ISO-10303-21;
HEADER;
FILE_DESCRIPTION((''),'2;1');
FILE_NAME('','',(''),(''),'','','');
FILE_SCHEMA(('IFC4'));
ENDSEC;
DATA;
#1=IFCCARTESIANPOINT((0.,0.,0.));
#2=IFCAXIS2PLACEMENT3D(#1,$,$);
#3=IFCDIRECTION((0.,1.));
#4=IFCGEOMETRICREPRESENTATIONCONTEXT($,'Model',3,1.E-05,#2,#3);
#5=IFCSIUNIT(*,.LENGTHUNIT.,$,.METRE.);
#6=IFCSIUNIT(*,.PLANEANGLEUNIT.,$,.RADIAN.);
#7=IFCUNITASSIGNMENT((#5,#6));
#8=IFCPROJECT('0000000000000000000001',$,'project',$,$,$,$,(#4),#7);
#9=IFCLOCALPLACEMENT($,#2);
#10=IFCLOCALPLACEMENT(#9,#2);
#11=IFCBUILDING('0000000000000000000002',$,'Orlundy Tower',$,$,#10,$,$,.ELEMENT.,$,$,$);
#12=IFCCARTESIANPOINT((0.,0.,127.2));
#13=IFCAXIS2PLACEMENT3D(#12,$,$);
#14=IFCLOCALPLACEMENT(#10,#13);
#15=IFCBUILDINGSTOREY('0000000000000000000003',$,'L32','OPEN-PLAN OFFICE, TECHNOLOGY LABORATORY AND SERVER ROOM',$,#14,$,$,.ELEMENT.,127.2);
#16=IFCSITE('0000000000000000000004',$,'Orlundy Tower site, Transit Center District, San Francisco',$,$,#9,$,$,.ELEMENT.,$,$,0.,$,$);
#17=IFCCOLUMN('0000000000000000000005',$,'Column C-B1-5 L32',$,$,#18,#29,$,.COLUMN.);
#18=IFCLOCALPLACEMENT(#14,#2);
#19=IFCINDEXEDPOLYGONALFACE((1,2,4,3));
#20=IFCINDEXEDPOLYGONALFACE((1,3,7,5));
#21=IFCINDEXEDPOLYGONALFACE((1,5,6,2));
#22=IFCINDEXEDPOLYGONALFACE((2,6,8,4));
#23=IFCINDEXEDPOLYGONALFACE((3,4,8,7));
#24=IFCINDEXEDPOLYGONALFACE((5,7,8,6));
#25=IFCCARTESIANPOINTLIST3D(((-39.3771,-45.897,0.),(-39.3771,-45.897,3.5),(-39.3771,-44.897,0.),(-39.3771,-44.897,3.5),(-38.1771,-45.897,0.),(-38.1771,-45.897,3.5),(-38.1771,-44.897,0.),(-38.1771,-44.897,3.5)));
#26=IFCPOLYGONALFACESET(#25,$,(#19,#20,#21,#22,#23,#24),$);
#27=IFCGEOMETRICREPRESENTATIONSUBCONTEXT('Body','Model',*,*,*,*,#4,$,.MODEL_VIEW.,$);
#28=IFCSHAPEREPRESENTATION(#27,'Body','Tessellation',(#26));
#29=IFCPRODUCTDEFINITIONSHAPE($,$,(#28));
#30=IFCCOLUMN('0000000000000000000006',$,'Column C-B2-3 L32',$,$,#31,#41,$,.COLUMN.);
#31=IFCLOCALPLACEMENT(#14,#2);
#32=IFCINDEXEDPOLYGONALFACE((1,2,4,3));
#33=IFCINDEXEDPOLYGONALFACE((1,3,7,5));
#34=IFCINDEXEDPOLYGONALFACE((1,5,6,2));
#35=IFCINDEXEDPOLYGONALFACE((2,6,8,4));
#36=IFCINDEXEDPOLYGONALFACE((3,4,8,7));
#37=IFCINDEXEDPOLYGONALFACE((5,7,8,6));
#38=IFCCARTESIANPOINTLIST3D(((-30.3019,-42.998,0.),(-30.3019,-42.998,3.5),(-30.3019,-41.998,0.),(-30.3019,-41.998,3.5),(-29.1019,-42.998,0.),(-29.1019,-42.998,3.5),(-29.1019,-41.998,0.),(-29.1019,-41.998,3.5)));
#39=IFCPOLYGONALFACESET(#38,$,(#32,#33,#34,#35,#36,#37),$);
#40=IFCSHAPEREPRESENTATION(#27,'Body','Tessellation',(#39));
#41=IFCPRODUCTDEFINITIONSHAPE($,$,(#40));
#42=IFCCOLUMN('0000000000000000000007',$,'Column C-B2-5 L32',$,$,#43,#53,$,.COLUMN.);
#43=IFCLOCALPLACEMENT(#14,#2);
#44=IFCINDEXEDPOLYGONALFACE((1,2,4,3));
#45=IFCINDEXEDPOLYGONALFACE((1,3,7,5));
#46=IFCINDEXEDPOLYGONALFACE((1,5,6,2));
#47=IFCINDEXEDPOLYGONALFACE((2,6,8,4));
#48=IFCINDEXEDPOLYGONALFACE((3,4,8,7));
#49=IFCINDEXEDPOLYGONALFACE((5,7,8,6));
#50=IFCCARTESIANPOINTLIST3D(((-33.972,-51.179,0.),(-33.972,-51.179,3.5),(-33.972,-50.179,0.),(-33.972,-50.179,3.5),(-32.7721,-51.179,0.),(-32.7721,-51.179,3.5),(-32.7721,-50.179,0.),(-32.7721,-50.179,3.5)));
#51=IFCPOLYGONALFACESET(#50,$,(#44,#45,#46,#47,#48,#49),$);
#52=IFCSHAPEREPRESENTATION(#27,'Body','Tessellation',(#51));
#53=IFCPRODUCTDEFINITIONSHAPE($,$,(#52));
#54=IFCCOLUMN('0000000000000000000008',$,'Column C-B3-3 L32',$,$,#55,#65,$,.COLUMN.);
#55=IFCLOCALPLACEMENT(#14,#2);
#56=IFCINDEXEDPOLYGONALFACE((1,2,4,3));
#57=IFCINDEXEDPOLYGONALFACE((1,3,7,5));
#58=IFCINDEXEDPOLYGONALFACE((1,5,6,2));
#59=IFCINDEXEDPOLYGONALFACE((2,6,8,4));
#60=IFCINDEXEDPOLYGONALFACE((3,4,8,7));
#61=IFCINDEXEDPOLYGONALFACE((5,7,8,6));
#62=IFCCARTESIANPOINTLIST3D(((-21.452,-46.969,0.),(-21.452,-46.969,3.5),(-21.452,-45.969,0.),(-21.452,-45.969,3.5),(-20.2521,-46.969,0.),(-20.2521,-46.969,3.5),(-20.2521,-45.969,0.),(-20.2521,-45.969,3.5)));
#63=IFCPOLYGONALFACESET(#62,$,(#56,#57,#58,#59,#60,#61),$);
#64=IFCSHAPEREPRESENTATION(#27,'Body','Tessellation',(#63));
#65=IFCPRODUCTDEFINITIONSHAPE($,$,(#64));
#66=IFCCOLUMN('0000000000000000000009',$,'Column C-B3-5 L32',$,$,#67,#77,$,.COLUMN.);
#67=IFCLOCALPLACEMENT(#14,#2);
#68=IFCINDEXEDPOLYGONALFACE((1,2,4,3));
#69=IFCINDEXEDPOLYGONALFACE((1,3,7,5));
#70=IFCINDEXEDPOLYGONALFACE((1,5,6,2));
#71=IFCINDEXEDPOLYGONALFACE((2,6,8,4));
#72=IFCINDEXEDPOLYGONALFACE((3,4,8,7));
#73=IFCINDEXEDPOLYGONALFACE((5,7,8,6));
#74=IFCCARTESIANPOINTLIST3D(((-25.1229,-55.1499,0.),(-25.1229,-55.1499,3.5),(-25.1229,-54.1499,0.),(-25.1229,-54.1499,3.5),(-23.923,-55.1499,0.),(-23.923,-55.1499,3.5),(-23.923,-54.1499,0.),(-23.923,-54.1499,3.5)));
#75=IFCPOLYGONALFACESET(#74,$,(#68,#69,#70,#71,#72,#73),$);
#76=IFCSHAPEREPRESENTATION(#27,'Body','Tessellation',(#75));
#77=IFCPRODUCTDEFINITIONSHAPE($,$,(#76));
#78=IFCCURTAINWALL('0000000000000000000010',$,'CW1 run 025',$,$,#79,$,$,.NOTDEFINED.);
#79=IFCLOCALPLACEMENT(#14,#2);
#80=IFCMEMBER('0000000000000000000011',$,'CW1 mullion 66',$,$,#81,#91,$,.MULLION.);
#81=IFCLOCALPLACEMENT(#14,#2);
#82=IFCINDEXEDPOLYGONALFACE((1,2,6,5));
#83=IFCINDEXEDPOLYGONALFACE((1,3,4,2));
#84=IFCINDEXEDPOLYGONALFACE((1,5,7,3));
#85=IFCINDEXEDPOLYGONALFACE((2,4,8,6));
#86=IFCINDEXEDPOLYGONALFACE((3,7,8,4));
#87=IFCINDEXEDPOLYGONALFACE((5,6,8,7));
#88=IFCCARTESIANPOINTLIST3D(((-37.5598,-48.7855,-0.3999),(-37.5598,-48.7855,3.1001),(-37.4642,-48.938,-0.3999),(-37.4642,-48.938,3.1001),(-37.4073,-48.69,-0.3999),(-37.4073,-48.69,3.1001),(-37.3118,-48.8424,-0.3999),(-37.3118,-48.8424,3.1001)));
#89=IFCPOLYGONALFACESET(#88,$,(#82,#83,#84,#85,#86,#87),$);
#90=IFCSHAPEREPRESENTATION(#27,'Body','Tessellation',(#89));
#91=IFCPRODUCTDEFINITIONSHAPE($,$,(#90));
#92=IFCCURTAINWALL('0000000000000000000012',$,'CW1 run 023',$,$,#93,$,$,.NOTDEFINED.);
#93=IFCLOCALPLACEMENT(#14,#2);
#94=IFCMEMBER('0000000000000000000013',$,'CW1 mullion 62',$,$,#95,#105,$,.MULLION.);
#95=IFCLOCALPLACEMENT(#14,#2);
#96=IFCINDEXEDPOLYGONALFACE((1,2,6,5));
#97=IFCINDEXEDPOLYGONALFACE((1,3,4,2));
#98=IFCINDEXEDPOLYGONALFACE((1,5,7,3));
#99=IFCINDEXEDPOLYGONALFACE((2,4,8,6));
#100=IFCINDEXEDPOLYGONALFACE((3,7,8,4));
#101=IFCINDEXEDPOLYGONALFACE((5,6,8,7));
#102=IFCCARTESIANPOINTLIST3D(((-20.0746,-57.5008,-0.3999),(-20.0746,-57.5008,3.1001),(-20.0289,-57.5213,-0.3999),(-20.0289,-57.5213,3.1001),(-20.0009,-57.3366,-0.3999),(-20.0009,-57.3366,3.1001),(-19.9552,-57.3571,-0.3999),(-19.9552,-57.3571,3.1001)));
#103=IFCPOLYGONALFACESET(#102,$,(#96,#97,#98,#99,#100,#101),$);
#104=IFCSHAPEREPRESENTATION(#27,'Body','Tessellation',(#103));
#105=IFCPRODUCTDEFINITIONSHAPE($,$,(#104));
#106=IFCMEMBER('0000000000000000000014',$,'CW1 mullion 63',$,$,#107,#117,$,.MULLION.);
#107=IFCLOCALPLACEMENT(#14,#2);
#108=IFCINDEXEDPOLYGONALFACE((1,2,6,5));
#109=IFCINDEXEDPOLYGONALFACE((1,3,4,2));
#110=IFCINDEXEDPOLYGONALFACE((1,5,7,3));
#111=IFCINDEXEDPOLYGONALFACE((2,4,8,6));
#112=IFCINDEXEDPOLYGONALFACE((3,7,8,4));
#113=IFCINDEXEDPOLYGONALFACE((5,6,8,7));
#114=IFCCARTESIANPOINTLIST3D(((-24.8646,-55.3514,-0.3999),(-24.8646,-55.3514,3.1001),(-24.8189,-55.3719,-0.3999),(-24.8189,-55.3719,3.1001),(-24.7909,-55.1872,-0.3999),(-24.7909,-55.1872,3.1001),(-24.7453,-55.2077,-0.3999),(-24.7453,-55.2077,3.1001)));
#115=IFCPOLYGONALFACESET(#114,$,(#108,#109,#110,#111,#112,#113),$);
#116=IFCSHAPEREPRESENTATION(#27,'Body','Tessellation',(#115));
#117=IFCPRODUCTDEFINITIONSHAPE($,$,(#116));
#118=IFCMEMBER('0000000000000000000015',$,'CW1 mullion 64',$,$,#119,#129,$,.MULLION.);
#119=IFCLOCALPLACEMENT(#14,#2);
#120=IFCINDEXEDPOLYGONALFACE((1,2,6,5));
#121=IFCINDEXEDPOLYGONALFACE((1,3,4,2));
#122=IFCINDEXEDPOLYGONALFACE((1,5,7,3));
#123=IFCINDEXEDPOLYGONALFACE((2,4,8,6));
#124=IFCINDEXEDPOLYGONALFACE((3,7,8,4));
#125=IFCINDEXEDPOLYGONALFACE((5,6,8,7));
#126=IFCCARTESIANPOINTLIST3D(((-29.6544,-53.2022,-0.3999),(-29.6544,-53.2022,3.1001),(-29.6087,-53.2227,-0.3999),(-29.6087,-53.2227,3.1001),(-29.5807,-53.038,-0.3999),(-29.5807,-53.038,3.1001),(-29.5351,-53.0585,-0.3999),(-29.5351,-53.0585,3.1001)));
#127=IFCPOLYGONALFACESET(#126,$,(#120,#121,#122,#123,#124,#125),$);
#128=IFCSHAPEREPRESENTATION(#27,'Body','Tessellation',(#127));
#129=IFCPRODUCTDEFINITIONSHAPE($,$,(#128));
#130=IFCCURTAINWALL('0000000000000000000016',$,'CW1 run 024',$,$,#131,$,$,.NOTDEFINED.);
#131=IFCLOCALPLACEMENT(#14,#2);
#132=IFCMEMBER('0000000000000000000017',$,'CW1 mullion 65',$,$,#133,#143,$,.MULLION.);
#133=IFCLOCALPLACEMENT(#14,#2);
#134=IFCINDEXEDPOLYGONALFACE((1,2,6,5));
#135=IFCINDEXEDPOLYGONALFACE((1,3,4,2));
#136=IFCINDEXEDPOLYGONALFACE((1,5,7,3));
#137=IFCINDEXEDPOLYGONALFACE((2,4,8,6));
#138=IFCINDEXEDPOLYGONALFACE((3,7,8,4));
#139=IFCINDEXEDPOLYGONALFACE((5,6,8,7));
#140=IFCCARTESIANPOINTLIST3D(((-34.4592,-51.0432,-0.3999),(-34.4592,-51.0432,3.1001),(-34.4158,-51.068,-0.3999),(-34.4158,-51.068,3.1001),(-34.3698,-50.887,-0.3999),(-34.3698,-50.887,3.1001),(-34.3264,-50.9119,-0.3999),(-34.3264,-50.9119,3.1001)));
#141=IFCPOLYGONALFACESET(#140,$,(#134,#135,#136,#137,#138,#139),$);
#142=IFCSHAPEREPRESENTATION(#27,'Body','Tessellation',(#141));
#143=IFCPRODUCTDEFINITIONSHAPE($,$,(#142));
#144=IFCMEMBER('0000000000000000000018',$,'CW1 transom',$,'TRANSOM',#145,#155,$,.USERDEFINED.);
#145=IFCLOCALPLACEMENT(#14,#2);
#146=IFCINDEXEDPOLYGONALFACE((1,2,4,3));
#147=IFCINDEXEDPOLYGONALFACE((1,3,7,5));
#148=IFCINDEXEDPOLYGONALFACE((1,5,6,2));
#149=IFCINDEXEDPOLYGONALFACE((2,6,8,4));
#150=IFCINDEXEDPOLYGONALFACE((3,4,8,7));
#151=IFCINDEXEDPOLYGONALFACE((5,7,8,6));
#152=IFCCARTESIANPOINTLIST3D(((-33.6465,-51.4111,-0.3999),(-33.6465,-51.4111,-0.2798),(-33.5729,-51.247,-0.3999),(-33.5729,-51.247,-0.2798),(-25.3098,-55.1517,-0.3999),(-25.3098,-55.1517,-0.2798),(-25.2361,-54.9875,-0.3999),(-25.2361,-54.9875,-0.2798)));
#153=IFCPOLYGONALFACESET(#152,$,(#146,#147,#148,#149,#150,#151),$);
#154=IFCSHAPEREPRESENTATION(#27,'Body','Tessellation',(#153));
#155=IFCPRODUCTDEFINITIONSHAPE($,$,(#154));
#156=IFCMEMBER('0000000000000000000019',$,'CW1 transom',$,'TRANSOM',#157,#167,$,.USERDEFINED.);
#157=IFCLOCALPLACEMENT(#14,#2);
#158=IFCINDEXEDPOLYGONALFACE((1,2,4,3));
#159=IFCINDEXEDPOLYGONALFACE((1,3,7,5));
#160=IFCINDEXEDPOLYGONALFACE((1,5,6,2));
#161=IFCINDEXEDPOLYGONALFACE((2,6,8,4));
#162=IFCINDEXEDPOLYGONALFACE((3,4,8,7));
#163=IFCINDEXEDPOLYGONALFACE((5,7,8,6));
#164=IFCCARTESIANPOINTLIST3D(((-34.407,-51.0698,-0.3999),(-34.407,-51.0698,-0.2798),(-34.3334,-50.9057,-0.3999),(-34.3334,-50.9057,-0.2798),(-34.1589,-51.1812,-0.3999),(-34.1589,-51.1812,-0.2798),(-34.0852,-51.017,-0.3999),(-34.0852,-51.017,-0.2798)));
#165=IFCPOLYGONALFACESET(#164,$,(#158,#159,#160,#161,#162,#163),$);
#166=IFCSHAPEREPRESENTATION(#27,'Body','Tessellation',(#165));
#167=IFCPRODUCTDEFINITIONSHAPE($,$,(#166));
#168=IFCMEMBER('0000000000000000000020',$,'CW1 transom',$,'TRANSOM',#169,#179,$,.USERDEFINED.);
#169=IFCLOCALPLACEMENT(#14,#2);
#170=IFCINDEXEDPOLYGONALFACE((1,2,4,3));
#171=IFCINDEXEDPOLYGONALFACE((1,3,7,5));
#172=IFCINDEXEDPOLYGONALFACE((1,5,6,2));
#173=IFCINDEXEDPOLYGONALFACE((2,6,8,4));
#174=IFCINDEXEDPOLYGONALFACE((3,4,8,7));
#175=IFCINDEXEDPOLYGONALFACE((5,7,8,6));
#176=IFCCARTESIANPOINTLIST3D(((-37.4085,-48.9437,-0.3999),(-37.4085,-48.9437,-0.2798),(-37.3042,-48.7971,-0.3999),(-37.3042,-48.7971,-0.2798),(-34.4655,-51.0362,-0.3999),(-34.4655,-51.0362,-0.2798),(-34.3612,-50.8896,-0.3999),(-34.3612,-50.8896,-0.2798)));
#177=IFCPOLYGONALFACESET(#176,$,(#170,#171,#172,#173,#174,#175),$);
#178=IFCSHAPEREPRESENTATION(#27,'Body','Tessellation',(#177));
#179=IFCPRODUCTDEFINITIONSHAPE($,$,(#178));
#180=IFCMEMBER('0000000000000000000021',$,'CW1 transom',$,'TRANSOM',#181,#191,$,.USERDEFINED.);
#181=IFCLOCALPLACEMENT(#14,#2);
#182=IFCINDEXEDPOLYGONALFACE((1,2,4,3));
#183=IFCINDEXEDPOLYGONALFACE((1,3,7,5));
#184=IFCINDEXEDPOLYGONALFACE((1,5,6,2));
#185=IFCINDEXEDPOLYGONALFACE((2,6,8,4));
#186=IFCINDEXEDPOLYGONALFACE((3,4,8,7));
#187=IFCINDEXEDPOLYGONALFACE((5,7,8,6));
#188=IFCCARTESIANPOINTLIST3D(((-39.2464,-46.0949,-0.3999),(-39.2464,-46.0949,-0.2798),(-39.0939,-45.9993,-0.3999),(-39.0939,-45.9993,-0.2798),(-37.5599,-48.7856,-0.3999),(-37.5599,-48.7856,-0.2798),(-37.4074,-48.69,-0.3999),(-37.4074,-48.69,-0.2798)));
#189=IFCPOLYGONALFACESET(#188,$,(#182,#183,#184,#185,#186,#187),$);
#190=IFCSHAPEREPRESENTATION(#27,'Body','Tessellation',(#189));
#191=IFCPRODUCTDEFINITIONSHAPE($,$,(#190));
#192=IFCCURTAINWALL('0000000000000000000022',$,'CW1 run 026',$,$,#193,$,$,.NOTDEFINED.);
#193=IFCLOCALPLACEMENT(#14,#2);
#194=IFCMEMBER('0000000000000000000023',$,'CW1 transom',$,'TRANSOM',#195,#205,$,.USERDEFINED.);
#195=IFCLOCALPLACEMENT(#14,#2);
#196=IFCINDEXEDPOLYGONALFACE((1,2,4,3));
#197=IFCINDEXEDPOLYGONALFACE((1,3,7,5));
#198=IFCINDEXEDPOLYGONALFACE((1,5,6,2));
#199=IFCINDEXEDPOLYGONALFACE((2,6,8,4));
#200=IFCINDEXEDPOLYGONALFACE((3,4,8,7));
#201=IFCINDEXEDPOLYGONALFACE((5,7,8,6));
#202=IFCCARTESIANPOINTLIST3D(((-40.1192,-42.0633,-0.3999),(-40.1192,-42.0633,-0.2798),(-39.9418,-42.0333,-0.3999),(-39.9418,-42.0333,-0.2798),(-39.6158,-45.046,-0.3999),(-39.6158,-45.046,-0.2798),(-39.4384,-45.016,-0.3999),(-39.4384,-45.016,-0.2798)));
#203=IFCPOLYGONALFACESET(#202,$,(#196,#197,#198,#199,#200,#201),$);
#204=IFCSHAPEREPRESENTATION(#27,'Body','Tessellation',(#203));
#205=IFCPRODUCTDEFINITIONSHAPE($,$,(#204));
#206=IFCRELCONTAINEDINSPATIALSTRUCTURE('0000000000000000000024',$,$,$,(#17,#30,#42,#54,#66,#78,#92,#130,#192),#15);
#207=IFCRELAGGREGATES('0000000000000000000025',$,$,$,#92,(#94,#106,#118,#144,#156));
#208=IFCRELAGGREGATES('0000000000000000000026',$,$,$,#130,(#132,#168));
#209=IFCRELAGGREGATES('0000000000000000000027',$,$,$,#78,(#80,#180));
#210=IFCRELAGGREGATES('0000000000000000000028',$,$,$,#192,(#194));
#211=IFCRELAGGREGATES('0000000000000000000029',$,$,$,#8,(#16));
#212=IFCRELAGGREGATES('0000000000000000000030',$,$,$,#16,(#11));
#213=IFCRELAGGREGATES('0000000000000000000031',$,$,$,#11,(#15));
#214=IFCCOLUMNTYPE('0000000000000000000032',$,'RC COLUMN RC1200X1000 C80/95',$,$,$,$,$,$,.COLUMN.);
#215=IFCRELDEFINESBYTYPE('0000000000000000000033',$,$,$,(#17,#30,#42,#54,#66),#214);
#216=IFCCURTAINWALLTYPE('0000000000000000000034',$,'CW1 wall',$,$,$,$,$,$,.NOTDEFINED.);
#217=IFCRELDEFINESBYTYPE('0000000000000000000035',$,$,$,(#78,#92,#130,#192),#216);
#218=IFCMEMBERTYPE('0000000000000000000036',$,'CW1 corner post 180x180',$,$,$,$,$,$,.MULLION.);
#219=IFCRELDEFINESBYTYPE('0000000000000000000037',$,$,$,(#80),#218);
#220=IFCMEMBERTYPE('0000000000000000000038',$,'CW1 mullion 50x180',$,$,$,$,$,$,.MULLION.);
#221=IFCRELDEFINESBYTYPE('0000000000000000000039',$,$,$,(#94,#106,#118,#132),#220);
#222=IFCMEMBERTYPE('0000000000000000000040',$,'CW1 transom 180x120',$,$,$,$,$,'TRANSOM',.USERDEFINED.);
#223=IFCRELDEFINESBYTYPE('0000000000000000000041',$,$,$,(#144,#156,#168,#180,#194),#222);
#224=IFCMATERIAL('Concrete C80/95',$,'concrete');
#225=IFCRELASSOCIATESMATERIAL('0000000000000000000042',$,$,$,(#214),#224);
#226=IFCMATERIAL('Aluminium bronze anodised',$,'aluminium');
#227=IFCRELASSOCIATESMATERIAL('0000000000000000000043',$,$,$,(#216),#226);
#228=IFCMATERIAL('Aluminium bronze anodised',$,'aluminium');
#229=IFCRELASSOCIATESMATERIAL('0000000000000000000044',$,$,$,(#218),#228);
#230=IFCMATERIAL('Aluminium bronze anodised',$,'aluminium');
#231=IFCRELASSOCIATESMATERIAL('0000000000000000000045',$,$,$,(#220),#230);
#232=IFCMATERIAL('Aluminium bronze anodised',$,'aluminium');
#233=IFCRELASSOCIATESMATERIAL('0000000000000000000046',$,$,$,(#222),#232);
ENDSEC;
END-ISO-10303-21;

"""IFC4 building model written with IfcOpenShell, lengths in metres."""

from ifc_helpers import new_model, si_unit, direction, frame, origin, origin_2d, place, context, subcontext, project, spatial, rectangle, extrude, material, material_profile, profile_set, type_object, element, aggregate, save


model = new_model("IFC4")

# Units and contexts
model_context = context("Model", 3, precision=1e-05, world=origin(), true_north=direction((0.0, 1.0)))
body_context = subcontext(model_context, "Body", "Model", "MODEL_VIEW")
ifc_project = project(units=[si_unit("LENGTHUNIT", "METRE"), si_unit("PLANEANGLEUNIT", "RADIAN")], contexts=[model_context])

# Site, building, storey
site_placement = place(None, origin())
site = spatial("IfcSite", under=ifc_project, at=site_placement, Name="Orlundy Tower site, Transit Center District, San Francisco", CompositionType="ELEMENT", RefElevation=0.0)
building_placement = place(site_placement, origin())
building = spatial("IfcBuilding", under=site, at=building_placement, Name="Orlundy Tower", CompositionType="ELEMENT")
storey_placement = place(building_placement, frame((0.0, 0.0, 127.2)))
storey = spatial("IfcBuildingStorey", under=building, at=storey_placement, Name="L32", Description="OPEN-PLAN OFFICE, TECHNOLOGY LABORATORY AND SERVER ROOM", CompositionType="ELEMENT", Elevation=127.2)

# Columns
ifc_material_1 = material(Name="Concrete C80/95", Category="concrete")
ifc_material_profile_1 = material_profile(ifc_material_1, rectangle(XDim=1.2, YDim=1.0, at=origin_2d()), Name="RC1200X1000")
ifc_profile_set_1 = profile_set([ifc_material_profile_1], Name="Concrete C80/95")
column_type = type_object("IfcColumnType", Name="RC COLUMN RC1200X1000 C80/95", PredefinedType="COLUMN", material=ifc_profile_set_1)
for number, where, z_axis, x_axis, name in (
    (1, (-38.7771, -45.397, 0.0), (0.0, 0.0, 1.0), (1.0, 0.0, 0.0), "Column C-B1-5 L32"),
    (2, (-29.7019, -42.498, 0.0), (0.0, 0.0, 1.0), (1.0, 0.0, 0.0), "Column C-B2-3 L32"),
    (3, (-33.3721, -50.679, 0.0), (0.0, 0.0, 1.0), (1.0, 0.0, 0.0), "Column C-B2-5 L32"),
    (4, (-20.8521, -46.469, 0.0), (0.0, 0.0, 1.0), (1.0, 0.0, 0.0), "Column C-B3-3 L32"),
    (5, (-24.5229, -54.6499, 0.0), (0.0, 0.0, 1.0), (1.0, 0.0, 0.0), "Column C-B3-5 L32"),
):
    element("IfcColumn", number, at=place(storey_placement, frame(where, z_axis=z_axis, x_axis=x_axis)), inside=storey, type_object=column_type, Name=name, PredefinedType="COLUMN", context=body_context, shape_type="SweptSolid", body=[
        extrude(rectangle(XDim=1.2, YDim=1.0, at=origin_2d()), origin(), (0.0, 0.0, 1.0), 3.5),
    ])

# Curtain wall, member
ifc_material_2 = material(Name="Aluminium bronze anodised", Category="aluminium")
curtain_wall_type = type_object("IfcCurtainWallType", Name="CW1 wall", PredefinedType="NOTDEFINED", material=ifc_material_2)
curtain_wall_1_placement = place(storey_placement, origin())
curtain_wall_1 = element("IfcCurtainWall", 6, at=curtain_wall_1_placement, inside=storey, type_object=curtain_wall_type, Name="CW1 run 025", PredefinedType="NOTDEFINED")
ifc_material_3 = material(Name="Aluminium bronze anodised", Category="aluminium")
ifc_material_profile_2 = material_profile(ifc_material_3, rectangle(XDim=0.1799, YDim=0.1799, at=origin_2d()), Name="CW1 corner post 180x180")
ifc_profile_set_2 = profile_set([ifc_material_profile_2], Name="Aluminium bronze anodised")
member_type_1 = type_object("IfcMemberType", Name="CW1 corner post 180x180", PredefinedType="MULLION", material=ifc_profile_set_2)
member_1_placement = place(storey_placement, frame((-37.4358, -48.814, -0.3999), z_axis=(0.0, 0.0, 1.0), x_axis=(-0.847285, -0.531138, 0.0)))
member_1 = element("IfcMember", 7, at=member_1_placement, type_object=member_type_1, Name="CW1 mullion 66", PredefinedType="MULLION", context=body_context, shape_type="SweptSolid", body=[
    extrude(rectangle(XDim=0.1799, YDim=0.1799, at=origin_2d()), origin(), (0.0, 0.0, 1.0), 3.5),
])

# Curtain wall, members
curtain_wall_2_placement = place(storey_placement, origin())
curtain_wall_2 = element("IfcCurtainWall", 8, at=curtain_wall_2_placement, inside=storey, type_object=curtain_wall_type, Name="CW1 run 023", PredefinedType="NOTDEFINED")
ifc_material_4 = material(Name="Aluminium bronze anodised", Category="aluminium")
ifc_material_profile_3 = material_profile(ifc_material_4, rectangle(XDim=0.1799, YDim=0.05, at=origin_2d()), Name="CW1 mullion 50x180")
ifc_profile_set_3 = profile_set([ifc_material_profile_3], Name="Aluminium bronze anodised")
member_type_2 = type_object("IfcMemberType", Name="CW1 mullion 50x180", PredefinedType="MULLION", material=ifc_profile_set_3)
member_2_placement = place(storey_placement, frame((-20.0149, -57.429, -0.3999), z_axis=(0.0, 0.0, 1.0), x_axis=(-0.409374, -0.912366, 0.0)))
member_2 = element("IfcMember", 9, at=member_2_placement, type_object=member_type_2, Name="CW1 mullion 62", PredefinedType="MULLION", context=body_context, shape_type="SweptSolid", body=[
    extrude(rectangle(XDim=0.1799, YDim=0.05, at=origin_2d()), origin(), (0.0, 0.0, 1.0), 3.5),
])
member_3_placement = place(storey_placement, frame((-24.8049, -55.2795, -0.3999), z_axis=(0.0, 0.0, 1.0), x_axis=(-0.409374, -0.912366, 0.0)))
member_3 = element("IfcMember", 10, at=member_3_placement, type_object=member_type_2, Name="CW1 mullion 63", PredefinedType="MULLION", context=body_context, shape_type="SweptSolid", body=[
    extrude(rectangle(XDim=0.1799, YDim=0.05, at=origin_2d()), origin(), (0.0, 0.0, 1.0), 3.5),
])
member_4_placement = place(storey_placement, frame((-29.5947, -53.1304, -0.3999), z_axis=(0.0, 0.0, 1.0), x_axis=(-0.409374, -0.912366, 0.0)))
member_4 = element("IfcMember", 11, at=member_4_placement, type_object=member_type_2, Name="CW1 mullion 64", PredefinedType="MULLION", context=body_context, shape_type="SweptSolid", body=[
    extrude(rectangle(XDim=0.1799, YDim=0.05, at=origin_2d()), origin(), (0.0, 0.0, 1.0), 3.5),
])

# Curtain wall, member
curtain_wall_3_placement = place(storey_placement, origin())
curtain_wall_3 = element("IfcCurtainWall", 12, at=curtain_wall_3_placement, inside=storey, type_object=curtain_wall_type, Name="CW1 run 024", PredefinedType="NOTDEFINED")
member_5_placement = place(storey_placement, frame((-34.3928, -50.9775, -0.3999), z_axis=(0.0, 0.0, 1.0), x_axis=(-0.496817, -0.867855, 0.0)))
member_5 = element("IfcMember", 13, at=member_5_placement, type_object=member_type_2, Name="CW1 mullion 65", PredefinedType="MULLION", context=body_context, shape_type="SweptSolid", body=[
    extrude(rectangle(XDim=0.1799, YDim=0.05, at=origin_2d()), origin(), (0.0, 0.0, 1.0), 3.5),
])

# Members
ifc_material_5 = material(Name="Aluminium bronze anodised", Category="aluminium")
ifc_material_profile_4 = material_profile(ifc_material_5, rectangle(XDim=0.1799, YDim=0.1201, at=origin_2d()), Name="CW1 transom 180x120")
ifc_profile_set_4 = profile_set([ifc_material_profile_4], Name="Aluminium bronze anodised")
member_type_3 = type_object("IfcMemberType", Name="CW1 transom 180x120", ElementType="TRANSOM", PredefinedType="USERDEFINED", material=ifc_profile_set_4)
member_6_placement = place(storey_placement, frame((-25.2729, -55.0696, -0.3398), z_axis=(-0.912372, 0.409361, 0.0), x_axis=(-0.409361, -0.912372, 0.0)))
member_6 = element("IfcMember", 14, at=member_6_placement, type_object=member_type_3, Name="CW1 transom", ObjectType="TRANSOM", PredefinedType="USERDEFINED", context=body_context, shape_type="SweptSolid", body=[
    extrude(rectangle(XDim=0.1799, YDim=0.1201, at=origin_2d()), origin(), (0.0, 0.0, 1.0), 9.1375),
])
member_7_placement = place(storey_placement, frame((-34.1221, -51.0991, -0.3398), z_axis=(-0.912324, 0.409468, 0.0), x_axis=(-0.409468, -0.912324, 0.0)))
member_7 = element("IfcMember", 15, at=member_7_placement, type_object=member_type_3, Name="CW1 transom", ObjectType="TRANSOM", PredefinedType="USERDEFINED", context=body_context, shape_type="SweptSolid", body=[
    extrude(rectangle(XDim=0.1799, YDim=0.1201, at=origin_2d()), origin(), (0.0, 0.0, 1.0), 0.272),
])
member_8_placement = place(storey_placement, frame((-34.4133, -50.9629, -0.3398), z_axis=(-0.815001, 0.579459, 0.0), x_axis=(-0.579459, -0.815001, 0.0)))
member_8 = element("IfcMember", 16, at=member_8_placement, type_object=member_type_3, Name="CW1 transom", ObjectType="TRANSOM", PredefinedType="USERDEFINED", context=body_context, shape_type="SweptSolid", body=[
    extrude(rectangle(XDim=0.1799, YDim=0.1201, at=origin_2d()), origin(), (0.0, 0.0, 1.0), 3.6111),
])
member_9_placement = place(storey_placement, frame((-37.4836, -48.7378, -0.3398), z_axis=(-0.531097, 0.847311, 0.0), x_axis=(-0.847311, -0.531097, 0.0)))
member_9 = element("IfcMember", 17, at=member_9_placement, type_object=member_type_3, Name="CW1 transom", ObjectType="TRANSOM", PredefinedType="USERDEFINED", context=body_context, shape_type="SweptSolid", body=[
    extrude(rectangle(XDim=0.1799, YDim=0.1201, at=origin_2d()), origin(), (0.0, 0.0, 1.0), 3.1755),
])

# Curtain wall, member
curtain_wall_4_placement = place(storey_placement, origin())
curtain_wall_4 = element("IfcCurtainWall", 18, at=curtain_wall_4_placement, inside=storey, type_object=curtain_wall_type, Name="CW1 run 026", PredefinedType="NOTDEFINED")
member_10_placement = place(storey_placement, frame((-39.5271, -45.031, -0.3398), z_axis=(-0.166427, 0.986054, 0.0), x_axis=(-0.986054, -0.166427, 0.0)))
member_10 = element("IfcMember", 19, at=member_10_placement, type_object=member_type_3, Name="CW1 transom", ObjectType="TRANSOM", PredefinedType="USERDEFINED", context=body_context, shape_type="SweptSolid", body=[
    extrude(rectangle(XDim=0.1799, YDim=0.1201, at=origin_2d()), origin(), (0.0, 0.0, 1.0), 3.0249),
])

aggregate(curtain_wall_2, [member_2, member_3, member_4, member_6, member_7])
aggregate(curtain_wall_3, [member_5, member_8])
aggregate(curtain_wall_1, [member_1, member_9])
aggregate(curtain_wall_4, [member_10])

save(model, "model.ifc")
